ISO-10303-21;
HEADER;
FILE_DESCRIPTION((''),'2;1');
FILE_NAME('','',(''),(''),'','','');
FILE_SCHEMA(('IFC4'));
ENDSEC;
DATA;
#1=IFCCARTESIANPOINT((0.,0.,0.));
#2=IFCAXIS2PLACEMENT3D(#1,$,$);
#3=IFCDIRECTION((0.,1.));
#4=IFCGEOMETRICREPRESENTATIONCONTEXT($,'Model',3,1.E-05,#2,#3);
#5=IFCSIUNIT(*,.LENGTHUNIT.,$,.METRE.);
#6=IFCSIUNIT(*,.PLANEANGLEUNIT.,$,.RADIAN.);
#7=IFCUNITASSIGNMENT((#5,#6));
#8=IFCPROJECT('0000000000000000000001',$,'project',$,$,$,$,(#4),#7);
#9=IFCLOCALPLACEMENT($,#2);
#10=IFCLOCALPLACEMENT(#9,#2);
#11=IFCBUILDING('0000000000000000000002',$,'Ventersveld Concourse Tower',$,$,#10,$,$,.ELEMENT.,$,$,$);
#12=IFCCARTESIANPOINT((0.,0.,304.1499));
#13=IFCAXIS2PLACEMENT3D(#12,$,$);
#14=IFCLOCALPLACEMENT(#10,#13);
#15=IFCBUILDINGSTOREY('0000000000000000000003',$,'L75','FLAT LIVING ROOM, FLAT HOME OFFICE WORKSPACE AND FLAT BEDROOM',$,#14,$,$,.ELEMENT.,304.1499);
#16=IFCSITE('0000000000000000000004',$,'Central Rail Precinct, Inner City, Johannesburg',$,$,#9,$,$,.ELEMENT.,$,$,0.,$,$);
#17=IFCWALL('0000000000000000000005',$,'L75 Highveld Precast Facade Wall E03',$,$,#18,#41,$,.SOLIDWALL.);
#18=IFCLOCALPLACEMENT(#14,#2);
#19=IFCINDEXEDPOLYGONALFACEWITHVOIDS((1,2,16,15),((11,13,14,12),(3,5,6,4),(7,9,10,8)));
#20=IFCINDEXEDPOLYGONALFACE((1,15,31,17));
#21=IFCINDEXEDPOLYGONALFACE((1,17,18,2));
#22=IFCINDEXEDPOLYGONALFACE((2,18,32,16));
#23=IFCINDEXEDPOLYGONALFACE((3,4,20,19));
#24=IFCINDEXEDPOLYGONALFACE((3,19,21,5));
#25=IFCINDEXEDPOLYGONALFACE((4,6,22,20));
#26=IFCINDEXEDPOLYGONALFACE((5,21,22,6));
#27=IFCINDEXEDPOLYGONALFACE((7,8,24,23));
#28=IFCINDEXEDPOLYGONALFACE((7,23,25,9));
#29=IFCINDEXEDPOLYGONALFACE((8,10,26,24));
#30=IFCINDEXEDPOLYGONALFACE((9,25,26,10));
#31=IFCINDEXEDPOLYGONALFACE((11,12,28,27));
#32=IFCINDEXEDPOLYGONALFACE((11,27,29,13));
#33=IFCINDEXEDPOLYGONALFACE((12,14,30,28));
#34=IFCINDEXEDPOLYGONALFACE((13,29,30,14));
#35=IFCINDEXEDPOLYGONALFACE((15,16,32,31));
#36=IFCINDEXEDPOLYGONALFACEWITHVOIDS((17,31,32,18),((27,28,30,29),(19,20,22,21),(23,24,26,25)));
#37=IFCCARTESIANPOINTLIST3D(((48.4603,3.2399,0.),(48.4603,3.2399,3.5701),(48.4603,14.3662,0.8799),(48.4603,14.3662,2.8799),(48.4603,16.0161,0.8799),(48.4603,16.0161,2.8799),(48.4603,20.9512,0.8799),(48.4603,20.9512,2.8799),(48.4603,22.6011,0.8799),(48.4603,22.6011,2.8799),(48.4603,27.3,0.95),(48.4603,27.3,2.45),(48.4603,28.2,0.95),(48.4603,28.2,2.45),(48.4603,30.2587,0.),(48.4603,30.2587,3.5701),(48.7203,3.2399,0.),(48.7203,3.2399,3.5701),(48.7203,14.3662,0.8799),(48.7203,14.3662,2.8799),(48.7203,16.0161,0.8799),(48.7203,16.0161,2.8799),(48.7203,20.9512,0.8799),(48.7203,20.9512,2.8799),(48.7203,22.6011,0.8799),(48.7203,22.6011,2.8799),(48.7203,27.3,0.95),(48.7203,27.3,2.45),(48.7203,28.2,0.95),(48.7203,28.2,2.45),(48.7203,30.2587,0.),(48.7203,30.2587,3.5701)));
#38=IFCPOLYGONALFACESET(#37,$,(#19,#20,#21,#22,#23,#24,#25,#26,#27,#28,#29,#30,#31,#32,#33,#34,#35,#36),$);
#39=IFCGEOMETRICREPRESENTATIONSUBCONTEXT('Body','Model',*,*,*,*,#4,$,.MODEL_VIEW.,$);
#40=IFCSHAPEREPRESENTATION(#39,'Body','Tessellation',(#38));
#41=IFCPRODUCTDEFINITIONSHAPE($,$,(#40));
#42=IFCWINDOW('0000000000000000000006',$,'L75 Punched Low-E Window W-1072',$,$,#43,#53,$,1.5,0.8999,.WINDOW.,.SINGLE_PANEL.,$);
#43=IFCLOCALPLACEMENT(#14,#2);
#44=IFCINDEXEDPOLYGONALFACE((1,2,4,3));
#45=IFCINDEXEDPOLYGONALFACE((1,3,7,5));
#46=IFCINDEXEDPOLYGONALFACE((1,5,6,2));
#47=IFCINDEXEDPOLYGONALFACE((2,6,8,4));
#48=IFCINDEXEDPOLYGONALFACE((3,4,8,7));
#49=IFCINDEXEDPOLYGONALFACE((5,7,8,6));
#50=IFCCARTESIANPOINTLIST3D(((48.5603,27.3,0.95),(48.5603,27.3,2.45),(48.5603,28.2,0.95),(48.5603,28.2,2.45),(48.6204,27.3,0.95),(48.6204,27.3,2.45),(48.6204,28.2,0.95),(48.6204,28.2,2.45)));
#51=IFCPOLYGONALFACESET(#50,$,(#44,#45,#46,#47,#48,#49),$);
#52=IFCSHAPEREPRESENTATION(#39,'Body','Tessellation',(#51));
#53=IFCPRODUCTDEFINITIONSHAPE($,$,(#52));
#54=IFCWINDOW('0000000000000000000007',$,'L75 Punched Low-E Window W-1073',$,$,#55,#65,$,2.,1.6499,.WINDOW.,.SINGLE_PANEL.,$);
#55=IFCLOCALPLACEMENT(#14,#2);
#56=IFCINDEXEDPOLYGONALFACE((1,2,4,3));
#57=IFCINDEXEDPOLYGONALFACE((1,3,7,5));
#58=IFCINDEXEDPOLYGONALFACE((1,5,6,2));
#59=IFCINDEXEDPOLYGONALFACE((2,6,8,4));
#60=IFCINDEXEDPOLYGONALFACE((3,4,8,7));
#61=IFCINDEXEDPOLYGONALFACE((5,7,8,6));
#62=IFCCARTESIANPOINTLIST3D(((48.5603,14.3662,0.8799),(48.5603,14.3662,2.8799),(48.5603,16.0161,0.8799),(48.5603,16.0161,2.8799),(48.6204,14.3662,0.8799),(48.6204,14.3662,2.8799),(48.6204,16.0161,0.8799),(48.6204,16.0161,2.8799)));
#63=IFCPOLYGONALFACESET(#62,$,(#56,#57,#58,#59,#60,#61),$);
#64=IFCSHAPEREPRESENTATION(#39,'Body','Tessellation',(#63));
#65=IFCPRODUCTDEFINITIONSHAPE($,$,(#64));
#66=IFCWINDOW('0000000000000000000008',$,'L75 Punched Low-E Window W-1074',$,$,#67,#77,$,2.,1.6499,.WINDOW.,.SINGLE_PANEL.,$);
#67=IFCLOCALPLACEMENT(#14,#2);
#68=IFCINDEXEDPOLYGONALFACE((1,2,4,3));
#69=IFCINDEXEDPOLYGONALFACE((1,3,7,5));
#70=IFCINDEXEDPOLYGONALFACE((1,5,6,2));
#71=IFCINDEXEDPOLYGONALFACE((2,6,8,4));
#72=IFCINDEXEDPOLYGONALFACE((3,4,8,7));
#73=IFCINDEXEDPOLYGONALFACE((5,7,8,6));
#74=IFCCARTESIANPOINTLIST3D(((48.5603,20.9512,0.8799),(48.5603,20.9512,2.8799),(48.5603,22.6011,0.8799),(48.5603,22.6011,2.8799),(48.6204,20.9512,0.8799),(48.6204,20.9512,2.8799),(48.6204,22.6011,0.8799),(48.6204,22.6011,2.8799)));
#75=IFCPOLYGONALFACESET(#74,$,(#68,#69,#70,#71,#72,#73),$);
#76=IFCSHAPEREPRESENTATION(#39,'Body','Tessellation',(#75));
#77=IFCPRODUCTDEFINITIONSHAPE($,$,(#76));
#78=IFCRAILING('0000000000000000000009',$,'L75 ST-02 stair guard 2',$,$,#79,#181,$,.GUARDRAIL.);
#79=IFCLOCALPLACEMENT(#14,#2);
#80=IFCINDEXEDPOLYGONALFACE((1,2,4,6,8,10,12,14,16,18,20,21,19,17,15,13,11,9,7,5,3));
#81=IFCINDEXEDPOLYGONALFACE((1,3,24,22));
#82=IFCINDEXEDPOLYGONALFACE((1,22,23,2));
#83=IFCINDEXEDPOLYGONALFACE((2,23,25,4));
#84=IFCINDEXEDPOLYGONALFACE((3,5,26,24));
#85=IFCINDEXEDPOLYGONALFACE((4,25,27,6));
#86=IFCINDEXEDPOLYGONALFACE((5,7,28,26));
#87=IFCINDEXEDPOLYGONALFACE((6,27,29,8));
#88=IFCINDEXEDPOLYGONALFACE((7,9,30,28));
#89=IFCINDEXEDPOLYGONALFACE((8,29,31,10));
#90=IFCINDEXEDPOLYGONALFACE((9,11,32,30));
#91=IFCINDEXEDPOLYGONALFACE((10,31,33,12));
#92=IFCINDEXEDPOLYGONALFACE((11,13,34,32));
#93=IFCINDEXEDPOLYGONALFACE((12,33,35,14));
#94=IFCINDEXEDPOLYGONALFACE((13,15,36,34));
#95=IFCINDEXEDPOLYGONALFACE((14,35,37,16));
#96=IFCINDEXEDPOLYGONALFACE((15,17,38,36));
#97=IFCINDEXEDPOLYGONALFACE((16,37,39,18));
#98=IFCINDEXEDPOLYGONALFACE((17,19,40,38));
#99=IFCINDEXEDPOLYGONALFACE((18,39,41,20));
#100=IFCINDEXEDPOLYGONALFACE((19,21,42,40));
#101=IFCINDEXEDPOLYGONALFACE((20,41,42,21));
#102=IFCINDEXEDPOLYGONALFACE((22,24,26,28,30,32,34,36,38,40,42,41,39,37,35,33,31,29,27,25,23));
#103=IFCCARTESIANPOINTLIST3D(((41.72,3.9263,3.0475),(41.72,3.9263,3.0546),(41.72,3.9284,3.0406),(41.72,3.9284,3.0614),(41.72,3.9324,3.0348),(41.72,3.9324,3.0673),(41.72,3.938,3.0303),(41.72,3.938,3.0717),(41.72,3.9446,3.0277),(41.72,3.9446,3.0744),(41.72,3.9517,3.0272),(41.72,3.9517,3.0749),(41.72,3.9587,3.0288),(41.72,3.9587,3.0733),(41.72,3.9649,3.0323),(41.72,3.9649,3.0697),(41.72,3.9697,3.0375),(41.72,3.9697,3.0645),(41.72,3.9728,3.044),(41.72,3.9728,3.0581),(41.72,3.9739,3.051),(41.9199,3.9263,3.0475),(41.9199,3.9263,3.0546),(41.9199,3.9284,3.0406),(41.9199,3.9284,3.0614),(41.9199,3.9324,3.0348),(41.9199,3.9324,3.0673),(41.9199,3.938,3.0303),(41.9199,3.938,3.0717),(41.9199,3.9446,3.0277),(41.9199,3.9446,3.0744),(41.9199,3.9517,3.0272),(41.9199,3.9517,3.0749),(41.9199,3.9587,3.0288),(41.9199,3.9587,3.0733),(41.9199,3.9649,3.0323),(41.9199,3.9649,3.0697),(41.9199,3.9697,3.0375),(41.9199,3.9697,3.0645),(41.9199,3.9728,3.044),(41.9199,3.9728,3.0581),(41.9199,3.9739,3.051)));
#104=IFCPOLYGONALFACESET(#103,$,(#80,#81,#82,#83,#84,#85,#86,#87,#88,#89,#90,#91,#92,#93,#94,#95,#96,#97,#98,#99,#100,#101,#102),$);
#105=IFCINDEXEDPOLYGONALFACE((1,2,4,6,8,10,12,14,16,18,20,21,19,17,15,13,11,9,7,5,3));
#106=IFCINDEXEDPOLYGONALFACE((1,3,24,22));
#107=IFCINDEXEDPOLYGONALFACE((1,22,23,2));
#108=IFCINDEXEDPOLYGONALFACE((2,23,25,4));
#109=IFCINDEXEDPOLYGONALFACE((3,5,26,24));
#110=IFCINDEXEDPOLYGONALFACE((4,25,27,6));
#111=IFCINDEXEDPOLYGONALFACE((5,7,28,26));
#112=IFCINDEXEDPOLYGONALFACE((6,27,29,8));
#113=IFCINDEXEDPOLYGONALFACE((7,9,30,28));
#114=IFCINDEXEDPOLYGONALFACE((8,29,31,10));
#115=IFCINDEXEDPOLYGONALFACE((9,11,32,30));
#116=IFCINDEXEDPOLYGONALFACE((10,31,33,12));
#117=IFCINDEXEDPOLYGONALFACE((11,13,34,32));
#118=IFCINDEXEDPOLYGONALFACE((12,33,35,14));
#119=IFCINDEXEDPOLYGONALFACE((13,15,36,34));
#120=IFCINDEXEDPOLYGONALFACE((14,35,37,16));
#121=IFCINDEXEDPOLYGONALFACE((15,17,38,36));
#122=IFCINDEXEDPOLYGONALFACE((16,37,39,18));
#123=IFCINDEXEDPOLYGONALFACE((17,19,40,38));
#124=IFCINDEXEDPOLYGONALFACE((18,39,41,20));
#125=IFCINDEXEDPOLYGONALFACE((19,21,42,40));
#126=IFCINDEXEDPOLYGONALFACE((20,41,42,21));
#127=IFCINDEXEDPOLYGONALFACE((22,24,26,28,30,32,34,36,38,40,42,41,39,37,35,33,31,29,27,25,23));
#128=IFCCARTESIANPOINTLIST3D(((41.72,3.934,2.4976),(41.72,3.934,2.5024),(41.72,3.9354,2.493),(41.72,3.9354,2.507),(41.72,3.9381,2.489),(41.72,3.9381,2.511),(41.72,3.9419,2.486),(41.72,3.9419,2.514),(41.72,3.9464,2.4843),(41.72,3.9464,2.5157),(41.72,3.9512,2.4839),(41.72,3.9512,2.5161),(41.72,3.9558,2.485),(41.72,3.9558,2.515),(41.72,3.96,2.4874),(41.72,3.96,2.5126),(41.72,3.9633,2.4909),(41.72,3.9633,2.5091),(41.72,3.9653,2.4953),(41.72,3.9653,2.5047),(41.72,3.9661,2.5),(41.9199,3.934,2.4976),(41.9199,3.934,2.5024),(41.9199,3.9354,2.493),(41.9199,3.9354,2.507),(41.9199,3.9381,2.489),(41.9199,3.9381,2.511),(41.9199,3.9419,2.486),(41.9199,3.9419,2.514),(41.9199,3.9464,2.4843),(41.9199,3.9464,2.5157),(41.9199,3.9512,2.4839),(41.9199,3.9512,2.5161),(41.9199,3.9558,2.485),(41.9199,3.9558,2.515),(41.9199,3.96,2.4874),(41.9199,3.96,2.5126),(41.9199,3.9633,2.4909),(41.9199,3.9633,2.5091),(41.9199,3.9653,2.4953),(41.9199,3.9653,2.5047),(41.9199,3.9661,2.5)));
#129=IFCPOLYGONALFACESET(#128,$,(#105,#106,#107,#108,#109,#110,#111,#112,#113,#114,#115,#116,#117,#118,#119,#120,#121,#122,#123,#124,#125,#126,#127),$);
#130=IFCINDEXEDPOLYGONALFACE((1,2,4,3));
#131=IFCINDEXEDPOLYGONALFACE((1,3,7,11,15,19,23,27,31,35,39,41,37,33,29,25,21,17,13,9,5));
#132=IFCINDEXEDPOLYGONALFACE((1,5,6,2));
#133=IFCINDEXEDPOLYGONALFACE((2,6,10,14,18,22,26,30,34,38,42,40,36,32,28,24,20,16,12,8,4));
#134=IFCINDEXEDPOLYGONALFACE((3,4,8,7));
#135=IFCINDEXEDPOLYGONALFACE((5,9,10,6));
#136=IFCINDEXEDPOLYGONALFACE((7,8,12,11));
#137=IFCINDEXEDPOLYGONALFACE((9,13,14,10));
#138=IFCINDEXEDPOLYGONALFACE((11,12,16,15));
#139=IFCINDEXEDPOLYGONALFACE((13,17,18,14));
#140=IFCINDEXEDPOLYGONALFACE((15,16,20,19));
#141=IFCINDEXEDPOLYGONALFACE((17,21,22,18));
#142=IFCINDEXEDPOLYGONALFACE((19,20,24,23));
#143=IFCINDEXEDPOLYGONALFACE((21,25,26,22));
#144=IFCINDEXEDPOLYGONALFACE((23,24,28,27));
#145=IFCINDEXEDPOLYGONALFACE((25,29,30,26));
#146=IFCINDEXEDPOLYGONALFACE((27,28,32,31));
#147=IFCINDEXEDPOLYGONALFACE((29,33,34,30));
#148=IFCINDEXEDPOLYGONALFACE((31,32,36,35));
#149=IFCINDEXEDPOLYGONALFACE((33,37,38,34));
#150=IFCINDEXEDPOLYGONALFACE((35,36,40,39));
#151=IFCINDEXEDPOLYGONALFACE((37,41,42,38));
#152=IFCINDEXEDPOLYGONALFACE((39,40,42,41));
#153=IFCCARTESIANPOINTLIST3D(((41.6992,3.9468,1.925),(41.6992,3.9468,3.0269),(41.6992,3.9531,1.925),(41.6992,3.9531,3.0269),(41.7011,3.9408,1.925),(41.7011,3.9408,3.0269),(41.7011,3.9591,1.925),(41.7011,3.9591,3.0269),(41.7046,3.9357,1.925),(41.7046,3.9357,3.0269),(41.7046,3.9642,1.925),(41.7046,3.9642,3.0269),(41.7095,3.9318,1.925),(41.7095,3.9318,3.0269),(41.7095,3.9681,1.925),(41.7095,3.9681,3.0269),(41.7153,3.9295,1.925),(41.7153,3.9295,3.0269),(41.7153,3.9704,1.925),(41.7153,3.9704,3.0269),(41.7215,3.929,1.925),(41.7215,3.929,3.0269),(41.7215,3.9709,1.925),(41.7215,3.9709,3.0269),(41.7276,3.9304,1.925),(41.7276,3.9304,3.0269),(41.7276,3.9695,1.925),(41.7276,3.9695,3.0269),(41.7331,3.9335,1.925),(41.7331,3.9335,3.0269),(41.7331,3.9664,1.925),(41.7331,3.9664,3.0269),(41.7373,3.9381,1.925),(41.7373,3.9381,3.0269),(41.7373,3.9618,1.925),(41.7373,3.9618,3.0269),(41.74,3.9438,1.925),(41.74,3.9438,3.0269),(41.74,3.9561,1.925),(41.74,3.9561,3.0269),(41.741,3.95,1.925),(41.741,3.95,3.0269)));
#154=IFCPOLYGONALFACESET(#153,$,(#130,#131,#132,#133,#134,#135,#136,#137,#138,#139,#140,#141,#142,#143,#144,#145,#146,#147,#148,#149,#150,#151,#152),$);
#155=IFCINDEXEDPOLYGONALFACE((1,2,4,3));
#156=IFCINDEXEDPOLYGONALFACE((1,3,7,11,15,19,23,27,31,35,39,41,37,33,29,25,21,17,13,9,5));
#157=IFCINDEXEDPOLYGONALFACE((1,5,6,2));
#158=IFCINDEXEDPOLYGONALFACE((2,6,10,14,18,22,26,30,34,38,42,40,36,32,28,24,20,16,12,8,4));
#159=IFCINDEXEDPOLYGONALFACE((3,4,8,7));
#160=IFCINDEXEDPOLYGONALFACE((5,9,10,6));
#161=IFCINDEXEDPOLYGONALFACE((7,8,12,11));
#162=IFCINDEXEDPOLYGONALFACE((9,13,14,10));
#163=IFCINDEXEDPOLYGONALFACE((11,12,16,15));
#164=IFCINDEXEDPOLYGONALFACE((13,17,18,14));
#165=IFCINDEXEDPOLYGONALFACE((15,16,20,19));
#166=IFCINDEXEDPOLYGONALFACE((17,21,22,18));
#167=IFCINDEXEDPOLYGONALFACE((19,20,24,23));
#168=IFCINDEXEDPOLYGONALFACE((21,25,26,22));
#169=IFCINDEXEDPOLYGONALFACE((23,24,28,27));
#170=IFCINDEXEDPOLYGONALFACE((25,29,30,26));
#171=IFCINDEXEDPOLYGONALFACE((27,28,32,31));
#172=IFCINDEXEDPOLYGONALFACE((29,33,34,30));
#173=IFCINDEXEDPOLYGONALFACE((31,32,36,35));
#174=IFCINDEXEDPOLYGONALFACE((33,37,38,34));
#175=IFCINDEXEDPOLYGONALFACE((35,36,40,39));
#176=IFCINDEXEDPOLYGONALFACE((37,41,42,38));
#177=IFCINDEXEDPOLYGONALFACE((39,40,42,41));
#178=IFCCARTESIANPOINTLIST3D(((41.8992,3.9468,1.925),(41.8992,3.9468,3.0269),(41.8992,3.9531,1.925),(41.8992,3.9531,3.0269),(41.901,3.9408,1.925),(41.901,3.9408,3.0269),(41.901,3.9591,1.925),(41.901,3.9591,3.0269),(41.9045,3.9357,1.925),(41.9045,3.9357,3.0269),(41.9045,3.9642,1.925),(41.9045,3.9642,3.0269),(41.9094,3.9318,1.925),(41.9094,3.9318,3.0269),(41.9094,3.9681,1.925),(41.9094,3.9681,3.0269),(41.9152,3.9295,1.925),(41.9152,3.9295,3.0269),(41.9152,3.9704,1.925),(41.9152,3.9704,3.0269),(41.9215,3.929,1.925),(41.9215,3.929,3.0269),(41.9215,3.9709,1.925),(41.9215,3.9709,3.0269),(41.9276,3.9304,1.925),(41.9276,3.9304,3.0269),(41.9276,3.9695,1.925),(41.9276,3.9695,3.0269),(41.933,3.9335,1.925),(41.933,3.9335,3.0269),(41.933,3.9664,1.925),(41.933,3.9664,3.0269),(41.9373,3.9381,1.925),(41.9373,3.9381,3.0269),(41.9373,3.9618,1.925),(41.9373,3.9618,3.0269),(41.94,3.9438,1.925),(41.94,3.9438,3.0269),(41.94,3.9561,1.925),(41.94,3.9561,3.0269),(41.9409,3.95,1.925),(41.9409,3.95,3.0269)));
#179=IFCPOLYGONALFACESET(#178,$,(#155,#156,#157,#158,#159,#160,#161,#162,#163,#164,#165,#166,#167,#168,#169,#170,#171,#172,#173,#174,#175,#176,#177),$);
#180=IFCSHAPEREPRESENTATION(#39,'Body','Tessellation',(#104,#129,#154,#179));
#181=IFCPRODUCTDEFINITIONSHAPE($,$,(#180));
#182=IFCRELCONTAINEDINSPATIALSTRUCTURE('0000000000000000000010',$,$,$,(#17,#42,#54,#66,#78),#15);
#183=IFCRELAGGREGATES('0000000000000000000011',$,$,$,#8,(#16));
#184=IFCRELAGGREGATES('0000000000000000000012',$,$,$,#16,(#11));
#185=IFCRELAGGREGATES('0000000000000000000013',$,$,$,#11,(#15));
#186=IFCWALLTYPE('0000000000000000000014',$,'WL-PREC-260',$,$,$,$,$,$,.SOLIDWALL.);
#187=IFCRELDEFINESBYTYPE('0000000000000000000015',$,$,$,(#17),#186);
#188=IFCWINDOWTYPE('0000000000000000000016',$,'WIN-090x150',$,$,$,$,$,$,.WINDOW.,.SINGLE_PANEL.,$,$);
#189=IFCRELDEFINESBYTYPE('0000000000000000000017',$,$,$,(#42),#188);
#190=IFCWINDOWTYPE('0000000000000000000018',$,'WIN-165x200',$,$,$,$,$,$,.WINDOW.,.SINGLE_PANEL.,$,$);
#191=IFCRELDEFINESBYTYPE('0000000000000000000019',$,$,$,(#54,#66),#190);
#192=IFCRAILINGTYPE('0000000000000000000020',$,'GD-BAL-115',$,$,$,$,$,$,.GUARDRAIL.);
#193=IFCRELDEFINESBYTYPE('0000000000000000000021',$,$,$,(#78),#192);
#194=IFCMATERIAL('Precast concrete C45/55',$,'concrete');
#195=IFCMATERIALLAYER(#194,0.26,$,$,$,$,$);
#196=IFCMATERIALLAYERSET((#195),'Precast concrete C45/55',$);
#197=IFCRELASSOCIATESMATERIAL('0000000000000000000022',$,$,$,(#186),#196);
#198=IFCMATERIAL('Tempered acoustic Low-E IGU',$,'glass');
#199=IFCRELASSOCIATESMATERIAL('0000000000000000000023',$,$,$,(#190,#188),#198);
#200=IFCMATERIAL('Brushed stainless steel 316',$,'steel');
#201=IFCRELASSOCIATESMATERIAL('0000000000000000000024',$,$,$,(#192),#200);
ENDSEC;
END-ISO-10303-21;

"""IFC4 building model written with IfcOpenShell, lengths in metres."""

from ifc_helpers import new_model, si_unit, direction, frame, frame_2d, origin, origin_2d, place, context, subcontext, project, spatial, rectangle, circle, extrude, material, layer, layer_set, type_object, element, fill, save


model = new_model("IFC4")

# Units and contexts
model_context = context("Model", 3, precision=1e-05, world=origin(), true_north=direction((0.0, 1.0)))
body_context = subcontext(model_context, "Body", "Model", "MODEL_VIEW")
ifc_project = project(units=[si_unit("LENGTHUNIT", "METRE"), si_unit("PLANEANGLEUNIT", "RADIAN")], contexts=[model_context])

# Site, building, storey
site_placement = place(None, origin())
site = spatial("IfcSite", under=ifc_project, at=site_placement, Name="Central Rail Precinct, Inner City, Johannesburg", CompositionType="ELEMENT", RefElevation=0.0)
building_placement = place(site_placement, origin())
building = spatial("IfcBuilding", under=site, at=building_placement, Name="Ventersveld Concourse Tower", CompositionType="ELEMENT")
storey_placement = place(building_placement, frame((0.0, 0.0, 304.1499)))
storey = spatial("IfcBuildingStorey", under=building, at=storey_placement, Name="L75", Description="FLAT LIVING ROOM, FLAT HOME OFFICE WORKSPACE AND FLAT BEDROOM", CompositionType="ELEMENT", Elevation=304.1499)

# Shared definitions
ifc_material_1 = material(Name="Precast concrete C45/55", Category="concrete")
ifc_layer_1 = layer(ifc_material_1, 0.26)
ifc_layer_set_1 = layer_set([ifc_layer_1], Name="Precast concrete C45/55")
wall_type_1 = type_object("IfcWallType", Name="WL-PREC-260", PredefinedType="SOLIDWALL", material=ifc_layer_set_1)

# Shared definitions
ifc_material_2 = material(Name="Tempered acoustic Low-E IGU", Category="glass")
window_type_1 = type_object("IfcWindowType", Name="WIN-165x200", PartitioningType="SINGLE_PANEL", PredefinedType="WINDOW", material=ifc_material_2)

# Wall, openings, windows
wall_1_placement = place(storey_placement, frame((48.5903, 3.24, 0.0), z_axis=(0.0, 0.0, 1.0), x_axis=(0.0, 1.0, 0.0)))
wall_1 = element("IfcWall", 1, at=wall_1_placement, inside=storey, type_object=wall_type_1, Name="L75 Highveld Precast Facade Wall E03", PredefinedType="SOLIDWALL", context=body_context, shape_type="SweptSolid", body=[
    extrude(rectangle(XDim=27.0188, YDim=0.26, at=frame_2d((13.5093, 0.0))), origin(), (0.0, 0.0, 1.0), 3.5701),
])
opening_1_placement = place(wall_1_placement, frame((24.0601, 0.0, 0.95)))
opening_1 = element("IfcOpeningElement", 2, at=opening_1_placement, cuts=wall_1, PredefinedType="OPENING", context=body_context, shape_type="SweptSolid", body=[
    extrude(rectangle(XDim=0.8999, YDim=1.5, at=frame_2d((0.45, 0.75))), frame((0.0, 0.1401, 0.0), z_axis=(0.0, -1.0, 0.0), x_axis=(1.0, 0.0, 0.0)), (0.0, 0.0, 1.0), 0.28),
])
opening_2_placement = place(wall_1_placement, frame((11.1262, 0.0, 0.8799)))
opening_2 = element("IfcOpeningElement", 3, at=opening_2_placement, cuts=wall_1, PredefinedType="OPENING", context=body_context, shape_type="SweptSolid", body=[
    extrude(rectangle(XDim=1.6499, YDim=2.0, at=frame_2d((0.825, 1.0))), frame((0.0, 0.1401, 0.0), z_axis=(0.0, -1.0, 0.0), x_axis=(1.0, 0.0, 0.0)), (0.0, 0.0, 1.0), 0.28),
])
opening_3_placement = place(wall_1_placement, frame((17.7112, 0.0, 0.8799)))
opening_3 = element("IfcOpeningElement", 4, at=opening_3_placement, cuts=wall_1, PredefinedType="OPENING", context=body_context, shape_type="SweptSolid", body=[
    extrude(rectangle(XDim=1.6499, YDim=2.0, at=frame_2d((0.825, 1.0))), frame((0.0, 0.1401, 0.0), z_axis=(0.0, -1.0, 0.0), x_axis=(1.0, 0.0, 0.0)), (0.0, 0.0, 1.0), 0.28),
])
window_type_2 = type_object("IfcWindowType", Name="WIN-090x150", PartitioningType="SINGLE_PANEL", PredefinedType="WINDOW", material=ifc_material_2)
window_1_placement = place(opening_1_placement, origin())
window_1 = element("IfcWindow", 5, at=window_1_placement, inside=storey, type_object=window_type_2, Name="L75 Punched Low-E Window W-1072", OverallHeight=1.5, OverallWidth=0.8999, PartitioningType="SINGLE_PANEL", PredefinedType="WINDOW", context=body_context, shape_type="SweptSolid", body=[
    extrude(rectangle(XDim=0.8999, YDim=1.5, at=frame_2d((0.45, 0.75))), frame((0.0, 0.03, 0.0), z_axis=(0.0, -1.0, 0.0), x_axis=(1.0, 0.0, 0.0)), (0.0, 0.0, 1.0), 0.0601),
])
fill(opening_1, window_1)
window_2_placement = place(opening_2_placement, origin())
window_2 = element("IfcWindow", 6, at=window_2_placement, inside=storey, type_object=window_type_1, Name="L75 Punched Low-E Window W-1073", OverallHeight=2.0, OverallWidth=1.6499, PartitioningType="SINGLE_PANEL", PredefinedType="WINDOW", context=body_context, shape_type="SweptSolid", body=[
    extrude(rectangle(XDim=1.6499, YDim=2.0, at=frame_2d((0.825, 1.0))), frame((0.0, 0.03, 0.0), z_axis=(0.0, -1.0, 0.0), x_axis=(1.0, 0.0, 0.0)), (0.0, 0.0, 1.0), 0.0601),
])
fill(opening_2, window_2)
window_3_placement = place(opening_3_placement, origin())
window_3 = element("IfcWindow", 7, at=window_3_placement, inside=storey, type_object=window_type_1, Name="L75 Punched Low-E Window W-1074", OverallHeight=2.0, OverallWidth=1.6499, PartitioningType="SINGLE_PANEL", PredefinedType="WINDOW", context=body_context, shape_type="SweptSolid", body=[
    extrude(rectangle(XDim=1.6499, YDim=2.0, at=frame_2d((0.825, 1.0))), frame((0.0, 0.03, 0.0), z_axis=(0.0, -1.0, 0.0), x_axis=(1.0, 0.0, 0.0)), (0.0, 0.0, 1.0), 0.0601),
])
fill(opening_3, window_3)

# Railing
ifc_material_3 = material(Name="Brushed stainless steel 316", Category="steel")
railing_type = type_object("IfcRailingType", Name="GD-BAL-115", PredefinedType="GUARDRAIL", material=ifc_material_3)
railing_placement = place(storey_placement, frame((41.72, 3.95, 1.925)))
element("IfcRailing", 8, at=railing_placement, inside=storey, type_object=railing_type, Name="L75 ST-02 stair guard 2", PredefinedType="GUARDRAIL", context=body_context, shape_type="SweptSolid", body=[
    extrude(circle(Radius=0.0239, at=origin_2d()), frame((0.0, 0.0, 1.126), z_axis=(1.0, 0.0, 0.0), x_axis=(0.0, 1.0, 0.0)), (0.0, 0.0, 1.0), 0.2),
    extrude(circle(Radius=0.0161, at=origin_2d()), frame((0.0, 0.0, 0.575), z_axis=(1.0, 0.0, 0.0), x_axis=(0.0, 1.0, 0.0)), (0.0, 0.0, 1.0), 0.2),
    extrude(circle(Radius=0.021, at=origin_2d()), origin(), (0.0, 0.0, 1.0), 1.1018),
    extrude(circle(Radius=0.021, at=origin_2d()), frame((0.2, 0.0, 0.0)), (0.0, 0.0, 1.0), 1.1018),
])

save(model, "model.ifc")
